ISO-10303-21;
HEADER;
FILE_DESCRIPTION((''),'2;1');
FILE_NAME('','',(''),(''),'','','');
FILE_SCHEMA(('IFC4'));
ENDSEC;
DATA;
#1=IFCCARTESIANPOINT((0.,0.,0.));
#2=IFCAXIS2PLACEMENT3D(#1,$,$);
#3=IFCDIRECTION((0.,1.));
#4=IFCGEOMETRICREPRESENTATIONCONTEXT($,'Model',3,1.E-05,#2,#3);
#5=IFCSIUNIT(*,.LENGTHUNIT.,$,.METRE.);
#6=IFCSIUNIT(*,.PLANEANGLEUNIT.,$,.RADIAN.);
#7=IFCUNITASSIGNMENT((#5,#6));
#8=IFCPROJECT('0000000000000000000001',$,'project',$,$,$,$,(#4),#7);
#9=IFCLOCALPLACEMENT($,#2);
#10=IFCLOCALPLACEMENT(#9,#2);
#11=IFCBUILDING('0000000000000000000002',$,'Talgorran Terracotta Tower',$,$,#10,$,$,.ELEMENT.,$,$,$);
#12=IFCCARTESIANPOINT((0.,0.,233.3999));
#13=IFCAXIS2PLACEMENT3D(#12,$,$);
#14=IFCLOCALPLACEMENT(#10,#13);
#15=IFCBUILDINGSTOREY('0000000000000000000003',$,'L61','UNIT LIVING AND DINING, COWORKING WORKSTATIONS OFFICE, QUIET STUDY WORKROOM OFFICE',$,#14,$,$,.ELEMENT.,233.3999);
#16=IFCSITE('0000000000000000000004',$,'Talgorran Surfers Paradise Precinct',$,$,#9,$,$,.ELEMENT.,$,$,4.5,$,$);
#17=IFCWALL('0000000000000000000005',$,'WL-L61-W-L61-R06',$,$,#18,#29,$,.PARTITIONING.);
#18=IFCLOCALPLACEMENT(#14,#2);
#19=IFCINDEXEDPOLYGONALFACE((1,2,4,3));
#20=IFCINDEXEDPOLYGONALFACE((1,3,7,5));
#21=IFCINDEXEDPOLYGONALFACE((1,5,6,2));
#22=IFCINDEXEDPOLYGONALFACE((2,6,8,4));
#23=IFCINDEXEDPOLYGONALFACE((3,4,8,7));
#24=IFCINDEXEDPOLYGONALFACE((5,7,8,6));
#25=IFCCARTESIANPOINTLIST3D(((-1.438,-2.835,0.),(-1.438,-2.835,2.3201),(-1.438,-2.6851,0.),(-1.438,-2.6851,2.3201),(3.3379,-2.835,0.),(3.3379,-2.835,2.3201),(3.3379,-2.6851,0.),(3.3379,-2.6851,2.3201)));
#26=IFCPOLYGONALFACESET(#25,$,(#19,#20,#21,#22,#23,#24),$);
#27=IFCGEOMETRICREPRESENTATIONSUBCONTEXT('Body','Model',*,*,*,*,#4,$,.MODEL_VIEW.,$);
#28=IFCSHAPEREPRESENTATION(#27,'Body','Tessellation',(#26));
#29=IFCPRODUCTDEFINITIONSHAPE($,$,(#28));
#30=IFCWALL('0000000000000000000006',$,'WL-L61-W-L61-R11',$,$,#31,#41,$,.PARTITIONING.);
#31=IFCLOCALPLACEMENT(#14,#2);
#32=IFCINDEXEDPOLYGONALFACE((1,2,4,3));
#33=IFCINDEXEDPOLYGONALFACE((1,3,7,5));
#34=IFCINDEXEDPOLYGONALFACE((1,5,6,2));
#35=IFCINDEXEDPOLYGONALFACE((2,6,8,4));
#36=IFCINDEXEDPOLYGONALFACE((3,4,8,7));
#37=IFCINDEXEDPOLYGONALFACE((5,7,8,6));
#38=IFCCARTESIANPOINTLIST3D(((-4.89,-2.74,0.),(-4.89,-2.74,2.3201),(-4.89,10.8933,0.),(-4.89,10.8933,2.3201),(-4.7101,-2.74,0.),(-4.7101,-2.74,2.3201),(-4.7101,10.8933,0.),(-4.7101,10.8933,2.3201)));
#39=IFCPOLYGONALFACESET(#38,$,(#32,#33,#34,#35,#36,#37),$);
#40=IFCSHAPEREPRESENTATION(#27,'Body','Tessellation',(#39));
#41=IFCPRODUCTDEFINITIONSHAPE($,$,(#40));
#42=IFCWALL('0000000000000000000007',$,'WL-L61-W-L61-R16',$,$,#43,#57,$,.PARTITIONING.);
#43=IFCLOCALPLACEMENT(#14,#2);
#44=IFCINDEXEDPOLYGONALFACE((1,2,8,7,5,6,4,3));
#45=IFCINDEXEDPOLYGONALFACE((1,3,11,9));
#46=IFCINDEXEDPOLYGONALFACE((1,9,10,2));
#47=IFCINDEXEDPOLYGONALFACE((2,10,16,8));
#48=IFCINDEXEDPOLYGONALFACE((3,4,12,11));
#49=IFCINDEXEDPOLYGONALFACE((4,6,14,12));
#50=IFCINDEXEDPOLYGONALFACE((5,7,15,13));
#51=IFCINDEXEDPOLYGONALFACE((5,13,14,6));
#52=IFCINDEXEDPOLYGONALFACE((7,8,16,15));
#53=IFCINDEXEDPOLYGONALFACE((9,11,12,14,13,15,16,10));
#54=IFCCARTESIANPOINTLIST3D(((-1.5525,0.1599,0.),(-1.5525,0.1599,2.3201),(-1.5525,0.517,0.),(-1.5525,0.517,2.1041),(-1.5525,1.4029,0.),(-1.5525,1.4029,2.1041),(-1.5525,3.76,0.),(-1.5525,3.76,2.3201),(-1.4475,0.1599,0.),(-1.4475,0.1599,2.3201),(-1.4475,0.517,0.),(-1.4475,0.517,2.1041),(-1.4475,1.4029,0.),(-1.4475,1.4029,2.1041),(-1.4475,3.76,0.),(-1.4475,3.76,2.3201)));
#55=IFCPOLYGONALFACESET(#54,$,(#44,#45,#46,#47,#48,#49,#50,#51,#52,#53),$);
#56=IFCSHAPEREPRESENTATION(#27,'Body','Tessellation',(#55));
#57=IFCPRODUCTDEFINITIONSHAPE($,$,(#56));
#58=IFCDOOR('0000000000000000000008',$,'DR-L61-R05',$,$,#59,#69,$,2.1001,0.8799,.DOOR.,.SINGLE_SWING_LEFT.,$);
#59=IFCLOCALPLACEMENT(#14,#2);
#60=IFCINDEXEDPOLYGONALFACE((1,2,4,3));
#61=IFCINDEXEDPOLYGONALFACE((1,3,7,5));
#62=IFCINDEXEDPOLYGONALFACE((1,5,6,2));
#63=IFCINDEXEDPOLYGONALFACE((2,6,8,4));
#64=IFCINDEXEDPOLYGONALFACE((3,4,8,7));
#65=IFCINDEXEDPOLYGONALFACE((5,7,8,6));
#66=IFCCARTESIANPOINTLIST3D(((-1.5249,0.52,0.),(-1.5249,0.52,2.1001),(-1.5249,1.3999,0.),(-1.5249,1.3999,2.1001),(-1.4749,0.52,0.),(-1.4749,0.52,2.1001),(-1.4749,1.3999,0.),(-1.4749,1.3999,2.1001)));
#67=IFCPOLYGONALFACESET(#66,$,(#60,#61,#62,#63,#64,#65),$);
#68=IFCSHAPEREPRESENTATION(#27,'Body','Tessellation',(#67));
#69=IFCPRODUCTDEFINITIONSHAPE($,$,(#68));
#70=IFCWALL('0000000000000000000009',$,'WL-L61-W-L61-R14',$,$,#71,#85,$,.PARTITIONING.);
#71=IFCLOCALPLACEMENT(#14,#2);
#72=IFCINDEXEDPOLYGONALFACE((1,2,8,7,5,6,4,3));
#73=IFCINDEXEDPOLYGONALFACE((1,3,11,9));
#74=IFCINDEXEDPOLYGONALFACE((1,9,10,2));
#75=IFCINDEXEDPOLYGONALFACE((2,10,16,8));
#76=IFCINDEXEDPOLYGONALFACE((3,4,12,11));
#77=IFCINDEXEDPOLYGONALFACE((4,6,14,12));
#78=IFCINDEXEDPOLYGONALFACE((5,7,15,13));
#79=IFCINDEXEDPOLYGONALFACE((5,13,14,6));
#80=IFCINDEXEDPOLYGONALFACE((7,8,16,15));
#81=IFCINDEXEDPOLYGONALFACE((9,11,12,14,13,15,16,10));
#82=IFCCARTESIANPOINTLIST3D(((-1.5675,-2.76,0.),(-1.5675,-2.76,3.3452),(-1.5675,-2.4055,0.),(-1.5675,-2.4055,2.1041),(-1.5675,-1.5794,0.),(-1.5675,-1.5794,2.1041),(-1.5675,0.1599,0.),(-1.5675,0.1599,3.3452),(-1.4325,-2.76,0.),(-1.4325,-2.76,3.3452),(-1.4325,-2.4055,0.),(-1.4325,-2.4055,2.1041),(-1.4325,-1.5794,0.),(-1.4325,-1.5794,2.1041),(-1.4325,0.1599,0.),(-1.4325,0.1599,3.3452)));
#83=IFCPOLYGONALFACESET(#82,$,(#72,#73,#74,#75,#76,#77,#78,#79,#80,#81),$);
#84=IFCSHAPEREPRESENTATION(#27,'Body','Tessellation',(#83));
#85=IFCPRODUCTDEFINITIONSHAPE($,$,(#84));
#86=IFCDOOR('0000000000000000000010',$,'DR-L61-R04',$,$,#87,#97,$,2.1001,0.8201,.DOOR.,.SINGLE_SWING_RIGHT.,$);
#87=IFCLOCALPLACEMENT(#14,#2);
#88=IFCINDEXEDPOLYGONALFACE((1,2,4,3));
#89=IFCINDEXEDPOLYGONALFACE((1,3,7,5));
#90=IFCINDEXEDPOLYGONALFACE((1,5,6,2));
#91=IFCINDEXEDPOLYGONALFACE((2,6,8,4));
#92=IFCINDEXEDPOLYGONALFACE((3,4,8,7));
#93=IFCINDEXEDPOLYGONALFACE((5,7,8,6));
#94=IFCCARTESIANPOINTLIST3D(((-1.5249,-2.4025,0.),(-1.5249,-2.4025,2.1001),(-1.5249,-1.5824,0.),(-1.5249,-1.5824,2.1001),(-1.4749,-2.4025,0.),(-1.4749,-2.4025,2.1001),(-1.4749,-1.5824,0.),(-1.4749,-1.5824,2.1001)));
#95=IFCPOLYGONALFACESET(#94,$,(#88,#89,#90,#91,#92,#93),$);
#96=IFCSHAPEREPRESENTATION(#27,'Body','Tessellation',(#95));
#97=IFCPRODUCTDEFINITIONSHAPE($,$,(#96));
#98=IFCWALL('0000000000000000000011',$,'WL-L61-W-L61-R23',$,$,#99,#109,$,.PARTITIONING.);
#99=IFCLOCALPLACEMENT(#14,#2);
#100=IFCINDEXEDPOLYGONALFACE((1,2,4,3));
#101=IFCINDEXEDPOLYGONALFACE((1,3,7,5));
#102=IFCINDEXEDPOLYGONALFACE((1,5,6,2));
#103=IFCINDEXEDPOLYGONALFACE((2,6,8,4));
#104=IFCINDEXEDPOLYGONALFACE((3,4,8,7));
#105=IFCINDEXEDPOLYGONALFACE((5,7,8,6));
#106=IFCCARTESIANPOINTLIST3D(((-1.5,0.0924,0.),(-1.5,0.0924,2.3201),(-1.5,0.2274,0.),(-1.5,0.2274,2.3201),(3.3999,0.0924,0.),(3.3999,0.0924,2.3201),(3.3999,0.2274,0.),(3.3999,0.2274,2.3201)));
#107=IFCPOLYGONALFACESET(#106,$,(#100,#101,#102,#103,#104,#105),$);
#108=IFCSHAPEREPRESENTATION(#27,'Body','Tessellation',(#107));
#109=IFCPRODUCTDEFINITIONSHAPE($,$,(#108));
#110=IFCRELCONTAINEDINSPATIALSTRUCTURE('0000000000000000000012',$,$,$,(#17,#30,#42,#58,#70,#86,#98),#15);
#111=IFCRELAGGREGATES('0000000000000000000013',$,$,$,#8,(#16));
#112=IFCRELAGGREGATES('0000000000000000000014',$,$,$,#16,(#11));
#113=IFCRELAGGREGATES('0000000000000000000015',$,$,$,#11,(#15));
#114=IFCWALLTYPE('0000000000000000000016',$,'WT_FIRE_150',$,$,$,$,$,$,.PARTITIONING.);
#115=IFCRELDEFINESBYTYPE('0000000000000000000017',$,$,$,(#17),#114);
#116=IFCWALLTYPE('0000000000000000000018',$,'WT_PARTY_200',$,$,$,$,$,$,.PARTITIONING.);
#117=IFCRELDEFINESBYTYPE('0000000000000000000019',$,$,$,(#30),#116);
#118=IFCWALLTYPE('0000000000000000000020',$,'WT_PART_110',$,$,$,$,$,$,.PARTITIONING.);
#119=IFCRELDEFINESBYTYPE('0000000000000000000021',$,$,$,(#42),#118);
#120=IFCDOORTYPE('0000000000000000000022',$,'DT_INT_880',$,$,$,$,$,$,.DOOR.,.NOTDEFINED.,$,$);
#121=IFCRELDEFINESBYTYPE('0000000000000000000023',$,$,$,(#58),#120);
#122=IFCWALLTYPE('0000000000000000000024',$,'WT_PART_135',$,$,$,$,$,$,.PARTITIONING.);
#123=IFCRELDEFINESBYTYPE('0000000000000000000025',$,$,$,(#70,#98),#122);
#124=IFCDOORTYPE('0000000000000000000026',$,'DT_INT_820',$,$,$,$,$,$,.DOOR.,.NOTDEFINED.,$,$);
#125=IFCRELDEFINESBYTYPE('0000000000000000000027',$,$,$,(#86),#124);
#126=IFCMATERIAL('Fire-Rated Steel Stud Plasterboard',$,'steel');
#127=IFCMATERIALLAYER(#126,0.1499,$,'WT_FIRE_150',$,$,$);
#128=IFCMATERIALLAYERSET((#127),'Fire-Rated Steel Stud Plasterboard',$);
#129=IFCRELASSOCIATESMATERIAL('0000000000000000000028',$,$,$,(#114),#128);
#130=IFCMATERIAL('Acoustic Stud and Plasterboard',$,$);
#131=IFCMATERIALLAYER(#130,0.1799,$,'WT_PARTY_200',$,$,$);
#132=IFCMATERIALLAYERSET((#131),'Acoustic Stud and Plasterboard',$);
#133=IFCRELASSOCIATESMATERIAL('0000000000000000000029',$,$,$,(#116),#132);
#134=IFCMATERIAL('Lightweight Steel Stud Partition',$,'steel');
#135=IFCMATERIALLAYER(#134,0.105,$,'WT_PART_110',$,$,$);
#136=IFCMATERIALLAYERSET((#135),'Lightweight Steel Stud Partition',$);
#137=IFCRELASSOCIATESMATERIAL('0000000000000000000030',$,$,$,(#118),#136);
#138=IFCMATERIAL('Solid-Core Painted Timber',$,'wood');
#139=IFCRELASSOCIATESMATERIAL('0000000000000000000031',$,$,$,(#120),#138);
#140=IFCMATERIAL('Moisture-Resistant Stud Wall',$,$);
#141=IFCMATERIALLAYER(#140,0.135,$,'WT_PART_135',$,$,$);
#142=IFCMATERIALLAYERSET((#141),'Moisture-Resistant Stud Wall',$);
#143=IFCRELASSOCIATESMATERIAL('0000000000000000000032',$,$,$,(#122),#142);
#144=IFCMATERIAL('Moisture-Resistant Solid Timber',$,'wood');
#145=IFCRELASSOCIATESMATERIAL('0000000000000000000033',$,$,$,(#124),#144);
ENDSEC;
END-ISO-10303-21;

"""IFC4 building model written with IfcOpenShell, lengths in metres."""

from ifc_helpers import new_model, si_unit, direction, frame, frame_2d, origin, place, context, subcontext, project, spatial, rectangle, extrude, material, layer, layer_set, type_object, element, fill, save


model = new_model("IFC4")

# Units and contexts
model_context = context("Model", 3, precision=1e-05, world=origin(), true_north=direction((0.0, 1.0)))
body_context = subcontext(model_context, "Body", "Model", "MODEL_VIEW")
ifc_project = project(units=[si_unit("LENGTHUNIT", "METRE"), si_unit("PLANEANGLEUNIT", "RADIAN")], contexts=[model_context])

# Site, building, storey
site_placement = place(None, origin())
site = spatial("IfcSite", under=ifc_project, at=site_placement, Name="Talgorran Surfers Paradise Precinct", CompositionType="ELEMENT", RefElevation=4.5)
building_placement = place(site_placement, origin())
building = spatial("IfcBuilding", under=site, at=building_placement, Name="Talgorran Terracotta Tower", CompositionType="ELEMENT")
storey_placement = place(building_placement, frame((0.0, 0.0, 233.3999)))
storey = spatial("IfcBuildingStorey", under=building, at=storey_placement, Name="L61", Description="UNIT LIVING AND DINING, COWORKING WORKSTATIONS OFFICE, QUIET STUDY WORKROOM OFFICE", CompositionType="ELEMENT", Elevation=233.3999)

# Shared definitions
ifc_material_1 = material(Name="Fire-Rated Steel Stud Plasterboard", Category="steel")
ifc_layer_1 = layer(ifc_material_1, 0.1499, Name="WT_FIRE_150")
ifc_layer_set_1 = layer_set([ifc_layer_1], Name="Fire-Rated Steel Stud Plasterboard")
wall_type_1 = type_object("IfcWallType", Name="WT_FIRE_150", PredefinedType="PARTITIONING", material=ifc_layer_set_1)

# Walls
wall_1_placement = place(storey_placement, frame((-1.438, -2.76, 0.0), z_axis=(0.0, 0.0, 1.0), x_axis=(1.0, 0.0, 0.0)))
element("IfcWall", 1, at=wall_1_placement, inside=storey, type_object=wall_type_1, Name="WL-L61-W-L61-R06", PredefinedType="PARTITIONING", context=body_context, shape_type="SweptSolid", body=[
    extrude(rectangle(XDim=4.7759, YDim=0.1499, at=frame_2d((2.3879, 0.0))), origin(), (0.0, 0.0, 1.0), 2.3201),
])
ifc_material_2 = material(Name="Acoustic Stud and Plasterboard")
ifc_layer_2 = layer(ifc_material_2, 0.1799, Name="WT_PARTY_200")
ifc_layer_set_2 = layer_set([ifc_layer_2], Name="Acoustic Stud and Plasterboard")
wall_type_2 = type_object("IfcWallType", Name="WT_PARTY_200", PredefinedType="PARTITIONING", material=ifc_layer_set_2)
wall_2_placement = place(storey_placement, frame((-4.8, -2.74, 0.0), z_axis=(0.0, 0.0, 1.0), x_axis=(0.0, 1.0, 0.0)))
element("IfcWall", 2, at=wall_2_placement, inside=storey, type_object=wall_type_2, Name="WL-L61-W-L61-R11", PredefinedType="PARTITIONING", context=body_context, shape_type="SweptSolid", body=[
    extrude(rectangle(XDim=13.6333, YDim=0.1799, at=frame_2d((6.8167, 0.0))), origin(), (0.0, 0.0, 1.0), 2.3201),
])

# Walls, openings, doors
ifc_material_3 = material(Name="Lightweight Steel Stud Partition", Category="steel")
ifc_layer_3 = layer(ifc_material_3, 0.105, Name="WT_PART_110")
ifc_layer_set_3 = layer_set([ifc_layer_3], Name="Lightweight Steel Stud Partition")
wall_type_3 = type_object("IfcWallType", Name="WT_PART_110", PredefinedType="PARTITIONING", material=ifc_layer_set_3)
wall_3_placement = place(storey_placement, frame((-1.5, 0.1599, 0.0), z_axis=(0.0, 0.0, 1.0), x_axis=(0.0, 1.0, 0.0)))
wall_3 = element("IfcWall", 3, at=wall_3_placement, inside=storey, type_object=wall_type_3, Name="WL-L61-W-L61-R16", PredefinedType="PARTITIONING", context=body_context, shape_type="SweptSolid", body=[
    extrude(rectangle(XDim=3.6001, YDim=0.105, at=frame_2d((1.8, 0.0))), origin(), (0.0, 0.0, 1.0), 2.3201),
])
opening_1_placement = place(wall_3_placement, frame((0.3601, 0.0, 0.0)))
opening_1 = element("IfcOpeningElement", 4, at=opening_1_placement, cuts=wall_3, PredefinedType="OPENING", context=body_context, shape_type="SweptSolid", body=[
    extrude(rectangle(XDim=0.8859, YDim=2.1041, at=frame_2d((0.4399, 1.052))), frame((0.0, 0.0625, 0.0), z_axis=(0.0, -1.0, 0.0), x_axis=(1.0, 0.0, 0.0)), (0.0, 0.0, 1.0), 0.125),
])
ifc_material_4 = material(Name="Solid-Core Painted Timber", Category="wood")
door_type_1 = type_object("IfcDoorType", Name="DT_INT_880", OperationType="NOTDEFINED", PredefinedType="DOOR", material=ifc_material_4)
door_1_placement = place(opening_1_placement, origin())
door_1 = element("IfcDoor", 5, at=door_1_placement, inside=storey, type_object=door_type_1, Name="DR-L61-R05", OperationType="SINGLE_SWING_LEFT", OverallHeight=2.1001, OverallWidth=0.8799, PredefinedType="DOOR", context=body_context, shape_type="SweptSolid", body=[
    extrude(rectangle(XDim=0.8799, YDim=2.1001, at=frame_2d((0.4399, 1.05))), frame((0.0, 0.0249, 0.0), z_axis=(0.0, -1.0, 0.0), x_axis=(1.0, 0.0, 0.0)), (0.0, 0.0, 1.0), 0.05),
])
fill(opening_1, door_1)
ifc_material_5 = material(Name="Moisture-Resistant Stud Wall")
ifc_layer_4 = layer(ifc_material_5, 0.135, Name="WT_PART_135")
ifc_layer_set_4 = layer_set([ifc_layer_4], Name="Moisture-Resistant Stud Wall")
wall_type_4 = type_object("IfcWallType", Name="WT_PART_135", PredefinedType="PARTITIONING", material=ifc_layer_set_4)
wall_4_placement = place(storey_placement, frame((-1.5, -2.76, 0.0), z_axis=(0.0, 0.0, 1.0), x_axis=(0.0, 1.0, 0.0)))
wall_4 = element("IfcWall", 6, at=wall_4_placement, inside=storey, type_object=wall_type_4, Name="WL-L61-W-L61-R14", PredefinedType="PARTITIONING", context=body_context, shape_type="SweptSolid", body=[
    extrude(rectangle(XDim=2.9199, YDim=0.135, at=frame_2d((1.46, 0.0))), origin(), (0.0, 0.0, 1.0), 3.3452),
])
opening_2_placement = place(wall_4_placement, frame((0.3574, 0.0, 0.0)))
opening_2 = element("IfcOpeningElement", 7, at=opening_2_placement, cuts=wall_4, PredefinedType="OPENING", context=body_context, shape_type="SweptSolid", body=[
    extrude(rectangle(XDim=0.8261, YDim=2.1041, at=frame_2d((0.4102, 1.052))), frame((0.0, 0.0776, 0.0), z_axis=(0.0, -1.0, 0.0), x_axis=(1.0, 0.0, 0.0)), (0.0, 0.0, 1.0), 0.155),
])
ifc_material_6 = material(Name="Moisture-Resistant Solid Timber", Category="wood")
door_type_2 = type_object("IfcDoorType", Name="DT_INT_820", OperationType="NOTDEFINED", PredefinedType="DOOR", material=ifc_material_6)
door_2_placement = place(opening_2_placement, origin())
door_2 = element("IfcDoor", 8, at=door_2_placement, inside=storey, type_object=door_type_2, Name="DR-L61-R04", OperationType="SINGLE_SWING_RIGHT", OverallHeight=2.1001, OverallWidth=0.8201, PredefinedType="DOOR", context=body_context, shape_type="SweptSolid", body=[
    extrude(rectangle(XDim=0.8201, YDim=2.1001, at=frame_2d((0.4102, 1.05))), frame((0.0, 0.0249, 0.0), z_axis=(0.0, -1.0, 0.0), x_axis=(1.0, 0.0, 0.0)), (0.0, 0.0, 1.0), 0.05),
])
fill(opening_2, door_2)

# Wall
wall_5_placement = place(storey_placement, frame((-1.5, 0.1599, 0.0), z_axis=(0.0, 0.0, 1.0), x_axis=(1.0, 0.0, 0.0)))
element("IfcWall", 9, at=wall_5_placement, inside=storey, type_object=wall_type_4, Name="WL-L61-W-L61-R23", PredefinedType="PARTITIONING", context=body_context, shape_type="SweptSolid", body=[
    extrude(rectangle(XDim=4.8999, YDim=0.135, at=frame_2d((2.45, 0.0))), origin(), (0.0, 0.0, 1.0), 2.3201),
])

save(model, "model.ifc")
